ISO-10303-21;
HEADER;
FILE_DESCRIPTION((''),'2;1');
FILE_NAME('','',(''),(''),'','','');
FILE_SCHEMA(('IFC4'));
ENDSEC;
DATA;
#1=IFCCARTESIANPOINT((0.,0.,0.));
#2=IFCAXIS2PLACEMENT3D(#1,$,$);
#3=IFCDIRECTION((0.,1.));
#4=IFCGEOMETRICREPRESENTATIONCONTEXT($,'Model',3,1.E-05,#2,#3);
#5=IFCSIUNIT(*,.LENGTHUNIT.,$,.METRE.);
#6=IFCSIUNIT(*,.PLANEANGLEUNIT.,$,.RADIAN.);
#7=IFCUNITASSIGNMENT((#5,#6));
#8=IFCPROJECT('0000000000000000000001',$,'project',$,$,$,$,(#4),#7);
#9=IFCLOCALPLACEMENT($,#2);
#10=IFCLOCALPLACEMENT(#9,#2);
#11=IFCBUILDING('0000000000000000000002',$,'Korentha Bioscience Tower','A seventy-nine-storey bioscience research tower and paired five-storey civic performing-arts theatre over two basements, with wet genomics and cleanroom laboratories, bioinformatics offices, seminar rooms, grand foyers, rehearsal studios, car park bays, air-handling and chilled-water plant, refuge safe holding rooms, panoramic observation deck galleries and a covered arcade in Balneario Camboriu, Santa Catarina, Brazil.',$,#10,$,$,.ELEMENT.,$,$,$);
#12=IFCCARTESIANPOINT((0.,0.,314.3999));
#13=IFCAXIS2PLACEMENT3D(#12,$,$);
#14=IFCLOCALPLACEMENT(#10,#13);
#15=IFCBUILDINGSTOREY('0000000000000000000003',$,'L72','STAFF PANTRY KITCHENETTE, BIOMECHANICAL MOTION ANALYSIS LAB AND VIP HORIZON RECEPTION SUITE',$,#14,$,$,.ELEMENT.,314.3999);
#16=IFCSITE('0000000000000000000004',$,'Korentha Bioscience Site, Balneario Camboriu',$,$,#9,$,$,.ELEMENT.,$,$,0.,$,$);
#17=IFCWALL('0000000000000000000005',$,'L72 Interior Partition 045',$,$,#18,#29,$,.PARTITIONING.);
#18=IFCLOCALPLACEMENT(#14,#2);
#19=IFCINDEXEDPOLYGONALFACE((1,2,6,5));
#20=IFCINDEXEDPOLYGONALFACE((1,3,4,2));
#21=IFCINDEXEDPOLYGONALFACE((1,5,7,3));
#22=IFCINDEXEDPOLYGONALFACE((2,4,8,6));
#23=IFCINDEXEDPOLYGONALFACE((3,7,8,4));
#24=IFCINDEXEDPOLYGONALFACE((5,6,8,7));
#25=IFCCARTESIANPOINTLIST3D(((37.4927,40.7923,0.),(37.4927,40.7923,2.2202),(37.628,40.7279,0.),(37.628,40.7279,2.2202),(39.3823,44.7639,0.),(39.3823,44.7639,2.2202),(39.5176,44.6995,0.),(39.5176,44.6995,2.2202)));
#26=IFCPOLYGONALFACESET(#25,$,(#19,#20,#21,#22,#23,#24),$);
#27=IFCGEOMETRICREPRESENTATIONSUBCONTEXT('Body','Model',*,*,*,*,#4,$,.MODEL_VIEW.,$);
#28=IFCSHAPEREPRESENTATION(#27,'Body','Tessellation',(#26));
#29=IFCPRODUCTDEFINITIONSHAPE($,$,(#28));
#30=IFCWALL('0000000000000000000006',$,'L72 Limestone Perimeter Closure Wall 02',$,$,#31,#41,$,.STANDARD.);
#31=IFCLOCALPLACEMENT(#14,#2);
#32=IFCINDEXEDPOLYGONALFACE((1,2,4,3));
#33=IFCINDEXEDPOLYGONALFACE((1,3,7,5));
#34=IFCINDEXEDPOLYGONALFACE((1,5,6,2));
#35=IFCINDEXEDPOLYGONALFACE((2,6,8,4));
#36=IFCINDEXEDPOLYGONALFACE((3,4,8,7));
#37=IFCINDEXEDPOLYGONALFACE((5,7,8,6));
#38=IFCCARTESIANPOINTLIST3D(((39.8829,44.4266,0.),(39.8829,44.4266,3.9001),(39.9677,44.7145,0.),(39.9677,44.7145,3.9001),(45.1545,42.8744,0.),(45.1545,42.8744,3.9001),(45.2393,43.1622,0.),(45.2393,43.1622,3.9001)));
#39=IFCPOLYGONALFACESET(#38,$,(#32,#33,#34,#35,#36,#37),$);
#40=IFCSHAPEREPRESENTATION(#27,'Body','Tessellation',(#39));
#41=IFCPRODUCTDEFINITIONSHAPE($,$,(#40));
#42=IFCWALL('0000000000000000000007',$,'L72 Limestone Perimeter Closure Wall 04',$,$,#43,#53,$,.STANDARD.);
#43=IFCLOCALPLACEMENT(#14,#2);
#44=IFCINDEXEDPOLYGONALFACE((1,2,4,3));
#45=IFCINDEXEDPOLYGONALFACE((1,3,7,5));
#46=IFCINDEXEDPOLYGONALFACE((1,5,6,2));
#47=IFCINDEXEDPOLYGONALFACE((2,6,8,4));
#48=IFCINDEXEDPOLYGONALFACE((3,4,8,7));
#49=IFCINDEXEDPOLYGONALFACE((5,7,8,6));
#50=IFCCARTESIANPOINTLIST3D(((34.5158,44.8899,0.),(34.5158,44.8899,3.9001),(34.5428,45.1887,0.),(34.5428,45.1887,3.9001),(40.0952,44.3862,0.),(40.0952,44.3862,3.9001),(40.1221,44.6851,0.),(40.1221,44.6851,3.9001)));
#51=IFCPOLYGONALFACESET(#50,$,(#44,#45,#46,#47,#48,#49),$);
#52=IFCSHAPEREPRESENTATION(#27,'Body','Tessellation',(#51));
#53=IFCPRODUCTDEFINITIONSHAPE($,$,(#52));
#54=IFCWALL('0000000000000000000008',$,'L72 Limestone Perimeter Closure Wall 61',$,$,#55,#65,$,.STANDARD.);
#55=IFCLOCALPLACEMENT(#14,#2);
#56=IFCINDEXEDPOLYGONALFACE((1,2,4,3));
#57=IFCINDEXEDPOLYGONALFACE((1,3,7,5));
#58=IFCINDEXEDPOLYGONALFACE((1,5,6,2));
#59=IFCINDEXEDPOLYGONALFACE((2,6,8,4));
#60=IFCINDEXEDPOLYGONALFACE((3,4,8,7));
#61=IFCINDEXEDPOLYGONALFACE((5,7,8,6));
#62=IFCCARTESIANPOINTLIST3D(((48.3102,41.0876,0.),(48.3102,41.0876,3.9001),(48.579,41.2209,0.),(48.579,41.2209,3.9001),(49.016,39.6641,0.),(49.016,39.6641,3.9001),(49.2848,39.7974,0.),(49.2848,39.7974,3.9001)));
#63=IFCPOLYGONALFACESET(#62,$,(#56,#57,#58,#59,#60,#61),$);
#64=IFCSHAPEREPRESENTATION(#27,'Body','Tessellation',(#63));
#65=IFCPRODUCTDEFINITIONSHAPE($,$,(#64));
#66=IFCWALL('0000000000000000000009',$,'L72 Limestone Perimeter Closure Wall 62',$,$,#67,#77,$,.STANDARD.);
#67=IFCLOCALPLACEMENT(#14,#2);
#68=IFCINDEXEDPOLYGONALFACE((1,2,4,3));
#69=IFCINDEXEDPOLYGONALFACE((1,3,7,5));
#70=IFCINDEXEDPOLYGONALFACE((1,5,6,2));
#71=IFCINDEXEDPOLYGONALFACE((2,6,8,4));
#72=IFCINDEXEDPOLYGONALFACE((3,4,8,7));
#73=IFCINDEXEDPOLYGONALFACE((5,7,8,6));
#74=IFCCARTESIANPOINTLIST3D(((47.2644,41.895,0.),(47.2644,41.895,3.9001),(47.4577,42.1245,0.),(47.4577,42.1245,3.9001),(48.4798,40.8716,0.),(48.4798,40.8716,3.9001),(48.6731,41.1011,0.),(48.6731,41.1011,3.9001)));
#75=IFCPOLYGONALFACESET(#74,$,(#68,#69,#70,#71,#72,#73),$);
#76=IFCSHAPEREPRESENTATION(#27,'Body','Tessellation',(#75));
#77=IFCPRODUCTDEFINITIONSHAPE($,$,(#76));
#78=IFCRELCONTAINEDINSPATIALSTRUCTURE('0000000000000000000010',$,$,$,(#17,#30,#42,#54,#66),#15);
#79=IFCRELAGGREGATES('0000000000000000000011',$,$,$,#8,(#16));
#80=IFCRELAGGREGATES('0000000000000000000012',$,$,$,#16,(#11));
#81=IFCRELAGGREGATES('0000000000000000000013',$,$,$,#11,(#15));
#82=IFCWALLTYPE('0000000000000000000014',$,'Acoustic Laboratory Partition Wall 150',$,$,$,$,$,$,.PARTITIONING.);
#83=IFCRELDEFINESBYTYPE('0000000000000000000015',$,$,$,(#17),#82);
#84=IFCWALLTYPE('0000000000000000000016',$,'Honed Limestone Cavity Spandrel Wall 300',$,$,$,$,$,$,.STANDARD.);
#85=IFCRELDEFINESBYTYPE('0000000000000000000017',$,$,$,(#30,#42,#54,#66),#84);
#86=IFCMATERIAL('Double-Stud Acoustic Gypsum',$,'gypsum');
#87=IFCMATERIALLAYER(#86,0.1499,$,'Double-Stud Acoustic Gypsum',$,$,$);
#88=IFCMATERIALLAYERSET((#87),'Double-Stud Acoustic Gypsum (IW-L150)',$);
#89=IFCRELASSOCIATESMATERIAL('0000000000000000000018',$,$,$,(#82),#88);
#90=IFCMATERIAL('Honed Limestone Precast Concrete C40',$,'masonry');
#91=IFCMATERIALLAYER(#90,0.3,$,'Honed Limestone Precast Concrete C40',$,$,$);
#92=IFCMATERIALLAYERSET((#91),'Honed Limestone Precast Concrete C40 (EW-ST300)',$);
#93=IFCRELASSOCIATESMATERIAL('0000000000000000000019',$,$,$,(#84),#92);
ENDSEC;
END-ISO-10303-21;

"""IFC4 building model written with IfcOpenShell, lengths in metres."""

from ifc_helpers import new_model, si_unit, direction, frame, frame_2d, origin, place, context, subcontext, project, spatial, rectangle, extrude, material, layer, layer_set, type_object, element, save


model = new_model("IFC4")

# Units and contexts
model_context = context("Model", 3, precision=1e-05, world=origin(), true_north=direction((0.0, 1.0)))
body_context = subcontext(model_context, "Body", "Model", "MODEL_VIEW")
ifc_project = project(units=[si_unit("LENGTHUNIT", "METRE"), si_unit("PLANEANGLEUNIT", "RADIAN")], contexts=[model_context])

# Site, building, storey
site_placement = place(None, origin())
site = spatial("IfcSite", under=ifc_project, at=site_placement, Name="Korentha Bioscience Site, Balneario Camboriu", CompositionType="ELEMENT", RefElevation=0.0)
building_placement = place(site_placement, origin())
building = spatial("IfcBuilding", under=site, at=building_placement, Name="Korentha Bioscience Tower", Description="A seventy-nine-storey bioscience research tower and paired five-storey civic performing-arts theatre over two basements, with wet genomics and cleanroom laboratories, bioinformatics offices, seminar rooms, grand foyers, rehearsal studios, car park bays, air-handling and chilled-water plant, refuge safe holding rooms, panoramic observation deck galleries and a covered arcade in Balneario Camboriu, Santa Catarina, Brazil.", CompositionType="ELEMENT")
storey_placement = place(building_placement, frame((0.0, 0.0, 314.3999)))
storey = spatial("IfcBuildingStorey", under=building, at=storey_placement, Name="L72", Description="STAFF PANTRY KITCHENETTE, BIOMECHANICAL MOTION ANALYSIS LAB AND VIP HORIZON RECEPTION SUITE", CompositionType="ELEMENT", Elevation=314.3999)

# Shared definitions
ifc_material_1 = material(Name="Double-Stud Acoustic Gypsum", Category="gypsum")
ifc_layer_1 = layer(ifc_material_1, 0.1499, Name="Double-Stud Acoustic Gypsum")
ifc_layer_set_1 = layer_set([ifc_layer_1], Name="Double-Stud Acoustic Gypsum (IW-L150)")
wall_type_1 = type_object("IfcWallType", Name="Acoustic Laboratory Partition Wall 150", PredefinedType="PARTITIONING", material=ifc_layer_set_1)

# Walls
wall_1_placement = place(storey_placement, frame((37.5603, 40.76, 0.0), z_axis=(0.0, 0.0, 1.0), x_axis=(0.429632, 0.903004, 0.0)))
element("IfcWall", 1, at=wall_1_placement, inside=storey, type_object=wall_type_1, Name="L72 Interior Partition 045", PredefinedType="PARTITIONING", context=body_context, shape_type="SweptSolid", body=[
    extrude(rectangle(XDim=4.3982, YDim=0.1499, at=frame_2d((2.1992, 0.0))), origin(), (0.0, 0.0, 1.0), 2.2202),
])
ifc_material_2 = material(Name="Honed Limestone Precast Concrete C40", Category="masonry")
ifc_layer_2 = layer(ifc_material_2, 0.3, Name="Honed Limestone Precast Concrete C40")
ifc_layer_set_2 = layer_set([ifc_layer_2], Name="Honed Limestone Precast Concrete C40 (EW-ST300)")
wall_type_2 = type_object("IfcWallType", Name="Honed Limestone Cavity Spandrel Wall 300", PredefinedType="STANDARD", material=ifc_layer_set_2)
wall_2_placement = place(storey_placement, frame((45.1968, 43.0183, 0.0), z_axis=(0.0, 0.0, 1.0), x_axis=(-0.959276, 0.282469, 0.0)))
element("IfcWall", 2, at=wall_2_placement, inside=storey, type_object=wall_type_2, Name="L72 Limestone Perimeter Closure Wall 02", PredefinedType="STANDARD", context=body_context, shape_type="SweptSolid", body=[
    extrude(rectangle(XDim=5.4954, YDim=0.3, at=frame_2d((2.7476, 0.0))), origin(), (0.0, 0.0, 1.0), 3.9001),
])
wall_3_placement = place(storey_placement, frame((40.1086, 44.5356, 0.0), z_axis=(0.0, 0.0, 1.0), x_axis=(-0.99595, 0.089907, 0.0)))
element("IfcWall", 3, at=wall_3_placement, inside=storey, type_object=wall_type_2, Name="L72 Limestone Perimeter Closure Wall 04", PredefinedType="STANDARD", context=body_context, shape_type="SweptSolid", body=[
    extrude(rectangle(XDim=5.6021, YDim=0.3, at=frame_2d((2.801, 0.0))), origin(), (0.0, 0.0, 1.0), 3.9001),
])
for number, where, z_axis, x_axis, name in (
    (4, (49.1504, 39.7307, 0.0), (0.0, 0.0, 1.0), (-0.4442, 0.895928, 0.0), "L72 Limestone Perimeter Closure Wall 61"),
    (5, (48.5764, 40.9863, 0.0), (0.0, 0.0, 1.0), (-0.764911, 0.644136, 0.0), "L72 Limestone Perimeter Closure Wall 62"),
):
    element("IfcWall", number, at=place(storey_placement, frame(where, z_axis=z_axis, x_axis=x_axis)), inside=storey, type_object=wall_type_2, Name=name, PredefinedType="STANDARD", context=body_context, shape_type="SweptSolid", body=[
        extrude(rectangle(XDim=1.5889, YDim=0.3, at=frame_2d((0.7944, 0.0))), origin(), (0.0, 0.0, 1.0), 3.9001),
    ])

save(model, "model.ifc")
